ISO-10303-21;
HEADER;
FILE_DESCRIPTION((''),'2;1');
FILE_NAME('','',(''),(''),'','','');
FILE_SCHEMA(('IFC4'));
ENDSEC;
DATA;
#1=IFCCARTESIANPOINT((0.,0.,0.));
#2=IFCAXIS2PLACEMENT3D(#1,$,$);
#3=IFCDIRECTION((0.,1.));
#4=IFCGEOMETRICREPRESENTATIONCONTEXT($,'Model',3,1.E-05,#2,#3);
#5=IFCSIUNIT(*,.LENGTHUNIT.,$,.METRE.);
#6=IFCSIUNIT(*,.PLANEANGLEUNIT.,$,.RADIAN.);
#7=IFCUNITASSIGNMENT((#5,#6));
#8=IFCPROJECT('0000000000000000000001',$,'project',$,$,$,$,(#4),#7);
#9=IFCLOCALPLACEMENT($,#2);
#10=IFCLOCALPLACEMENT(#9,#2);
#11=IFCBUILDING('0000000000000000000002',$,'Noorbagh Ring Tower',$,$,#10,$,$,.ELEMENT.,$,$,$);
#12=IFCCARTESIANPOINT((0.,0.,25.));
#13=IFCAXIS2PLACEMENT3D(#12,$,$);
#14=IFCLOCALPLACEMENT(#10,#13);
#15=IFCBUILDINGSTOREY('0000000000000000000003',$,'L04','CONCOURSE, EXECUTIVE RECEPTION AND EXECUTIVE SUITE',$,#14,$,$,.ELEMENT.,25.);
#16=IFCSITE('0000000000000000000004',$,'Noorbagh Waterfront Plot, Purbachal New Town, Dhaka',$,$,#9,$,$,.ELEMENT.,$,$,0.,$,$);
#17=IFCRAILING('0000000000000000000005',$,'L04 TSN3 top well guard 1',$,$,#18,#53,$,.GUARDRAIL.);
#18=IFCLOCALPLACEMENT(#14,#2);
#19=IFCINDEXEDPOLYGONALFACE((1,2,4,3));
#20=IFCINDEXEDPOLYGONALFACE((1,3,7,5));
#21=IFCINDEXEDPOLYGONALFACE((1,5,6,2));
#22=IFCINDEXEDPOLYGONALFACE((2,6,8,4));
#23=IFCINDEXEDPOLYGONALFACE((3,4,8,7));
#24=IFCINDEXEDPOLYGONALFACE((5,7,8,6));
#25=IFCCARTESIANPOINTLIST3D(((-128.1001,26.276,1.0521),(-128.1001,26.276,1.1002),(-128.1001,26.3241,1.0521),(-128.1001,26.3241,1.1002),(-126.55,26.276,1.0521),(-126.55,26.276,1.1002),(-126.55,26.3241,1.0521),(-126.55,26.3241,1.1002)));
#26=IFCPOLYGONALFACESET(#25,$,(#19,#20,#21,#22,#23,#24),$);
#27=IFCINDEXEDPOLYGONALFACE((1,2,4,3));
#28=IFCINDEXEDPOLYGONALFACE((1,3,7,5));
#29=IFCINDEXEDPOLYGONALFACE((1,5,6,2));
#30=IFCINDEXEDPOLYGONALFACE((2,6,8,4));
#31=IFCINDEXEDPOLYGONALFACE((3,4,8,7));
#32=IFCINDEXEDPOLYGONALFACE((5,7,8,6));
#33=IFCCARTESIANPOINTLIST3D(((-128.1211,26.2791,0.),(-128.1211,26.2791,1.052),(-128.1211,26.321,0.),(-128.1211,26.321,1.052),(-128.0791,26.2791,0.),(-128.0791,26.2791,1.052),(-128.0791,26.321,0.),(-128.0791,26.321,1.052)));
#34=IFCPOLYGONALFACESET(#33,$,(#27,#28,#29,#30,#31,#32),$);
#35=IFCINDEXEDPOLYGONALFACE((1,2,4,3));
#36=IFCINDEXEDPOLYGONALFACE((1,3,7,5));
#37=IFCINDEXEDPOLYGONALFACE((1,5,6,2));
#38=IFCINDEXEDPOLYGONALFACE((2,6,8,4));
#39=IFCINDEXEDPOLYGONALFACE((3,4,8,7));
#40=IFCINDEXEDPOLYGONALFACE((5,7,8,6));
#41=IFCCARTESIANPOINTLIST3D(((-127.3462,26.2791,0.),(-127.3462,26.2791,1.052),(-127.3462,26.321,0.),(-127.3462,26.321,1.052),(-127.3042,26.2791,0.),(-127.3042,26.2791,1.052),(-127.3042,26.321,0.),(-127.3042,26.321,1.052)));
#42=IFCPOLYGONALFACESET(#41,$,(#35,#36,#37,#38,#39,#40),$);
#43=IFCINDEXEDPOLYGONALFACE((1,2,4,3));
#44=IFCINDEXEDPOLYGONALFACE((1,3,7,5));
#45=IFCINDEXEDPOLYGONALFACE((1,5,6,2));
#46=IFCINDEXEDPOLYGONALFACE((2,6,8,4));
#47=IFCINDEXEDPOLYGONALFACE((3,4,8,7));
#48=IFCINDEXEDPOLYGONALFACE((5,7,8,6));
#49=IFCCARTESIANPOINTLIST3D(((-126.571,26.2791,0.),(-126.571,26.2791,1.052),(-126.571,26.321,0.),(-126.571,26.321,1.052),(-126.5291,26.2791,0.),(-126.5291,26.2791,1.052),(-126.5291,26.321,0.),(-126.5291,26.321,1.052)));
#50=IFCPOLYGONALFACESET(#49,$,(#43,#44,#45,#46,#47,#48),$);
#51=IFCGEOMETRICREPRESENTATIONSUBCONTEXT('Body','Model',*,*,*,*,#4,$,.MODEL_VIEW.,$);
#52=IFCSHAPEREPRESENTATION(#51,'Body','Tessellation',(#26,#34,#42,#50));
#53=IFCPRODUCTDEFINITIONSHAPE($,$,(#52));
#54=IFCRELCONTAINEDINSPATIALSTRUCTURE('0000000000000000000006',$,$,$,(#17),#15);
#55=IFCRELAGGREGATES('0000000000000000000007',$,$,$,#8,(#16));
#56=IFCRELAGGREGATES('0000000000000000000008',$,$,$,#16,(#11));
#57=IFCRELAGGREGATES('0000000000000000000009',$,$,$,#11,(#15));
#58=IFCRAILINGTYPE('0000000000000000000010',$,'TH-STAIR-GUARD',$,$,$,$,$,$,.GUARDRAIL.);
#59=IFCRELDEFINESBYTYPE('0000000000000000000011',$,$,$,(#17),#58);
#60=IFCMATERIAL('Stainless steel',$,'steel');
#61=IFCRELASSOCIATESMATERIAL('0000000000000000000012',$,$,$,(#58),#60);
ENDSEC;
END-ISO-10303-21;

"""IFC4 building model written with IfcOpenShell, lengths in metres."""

from ifc_helpers import new_model, si_unit, direction, frame, origin, origin_2d, place, context, subcontext, project, spatial, rectangle, extrude, material, type_object, element, save


model = new_model("IFC4")

# Units and contexts
model_context = context("Model", 3, precision=1e-05, world=origin(), true_north=direction((0.0, 1.0)))
body_context = subcontext(model_context, "Body", "Model", "MODEL_VIEW")
ifc_project = project(units=[si_unit("LENGTHUNIT", "METRE"), si_unit("PLANEANGLEUNIT", "RADIAN")], contexts=[model_context])

# Site, building, storey
site_placement = place(None, origin())
site = spatial("IfcSite", under=ifc_project, at=site_placement, Name="Noorbagh Waterfront Plot, Purbachal New Town, Dhaka", CompositionType="ELEMENT", RefElevation=0.0)
building_placement = place(site_placement, origin())
building = spatial("IfcBuilding", under=site, at=building_placement, Name="Noorbagh Ring Tower", CompositionType="ELEMENT")
storey_placement = place(building_placement, frame((0.0, 0.0, 25.0)))
storey = spatial("IfcBuildingStorey", under=building, at=storey_placement, Name="L04", Description="CONCOURSE, EXECUTIVE RECEPTION AND EXECUTIVE SUITE", CompositionType="ELEMENT", Elevation=25.0)

# Railing
ifc_material_1 = material(Name="Stainless steel", Category="steel")
railing_type = type_object("IfcRailingType", Name="TH-STAIR-GUARD", PredefinedType="GUARDRAIL", material=ifc_material_1)
railing_placement = place(storey_placement, frame((-128.1001, 26.3, 0.0)))
element("IfcRailing", 1, at=railing_placement, inside=storey, type_object=railing_type, Name="L04 TSN3 top well guard 1", PredefinedType="GUARDRAIL", context=body_context, shape_type="SweptSolid", body=[
    extrude(rectangle(XDim=0.0481, YDim=0.0481, at=origin_2d()), frame((0.0, 0.0, 1.0762), z_axis=(1.0, 0.0, 0.0), x_axis=(0.0, 1.0, 0.0)), (0.0, 0.0, 1.0), 1.55),
    extrude(rectangle(XDim=0.042, YDim=0.042, at=origin_2d()), origin(), (0.0, 0.0, 1.0), 1.052),
    extrude(rectangle(XDim=0.042, YDim=0.042, at=origin_2d()), frame((0.7749, 0.0, 0.0)), (0.0, 0.0, 1.0), 1.052),
    extrude(rectangle(XDim=0.042, YDim=0.042, at=origin_2d()), frame((1.55, 0.0, 0.0)), (0.0, 0.0, 1.0), 1.052),
])

save(model, "model.ifc")
